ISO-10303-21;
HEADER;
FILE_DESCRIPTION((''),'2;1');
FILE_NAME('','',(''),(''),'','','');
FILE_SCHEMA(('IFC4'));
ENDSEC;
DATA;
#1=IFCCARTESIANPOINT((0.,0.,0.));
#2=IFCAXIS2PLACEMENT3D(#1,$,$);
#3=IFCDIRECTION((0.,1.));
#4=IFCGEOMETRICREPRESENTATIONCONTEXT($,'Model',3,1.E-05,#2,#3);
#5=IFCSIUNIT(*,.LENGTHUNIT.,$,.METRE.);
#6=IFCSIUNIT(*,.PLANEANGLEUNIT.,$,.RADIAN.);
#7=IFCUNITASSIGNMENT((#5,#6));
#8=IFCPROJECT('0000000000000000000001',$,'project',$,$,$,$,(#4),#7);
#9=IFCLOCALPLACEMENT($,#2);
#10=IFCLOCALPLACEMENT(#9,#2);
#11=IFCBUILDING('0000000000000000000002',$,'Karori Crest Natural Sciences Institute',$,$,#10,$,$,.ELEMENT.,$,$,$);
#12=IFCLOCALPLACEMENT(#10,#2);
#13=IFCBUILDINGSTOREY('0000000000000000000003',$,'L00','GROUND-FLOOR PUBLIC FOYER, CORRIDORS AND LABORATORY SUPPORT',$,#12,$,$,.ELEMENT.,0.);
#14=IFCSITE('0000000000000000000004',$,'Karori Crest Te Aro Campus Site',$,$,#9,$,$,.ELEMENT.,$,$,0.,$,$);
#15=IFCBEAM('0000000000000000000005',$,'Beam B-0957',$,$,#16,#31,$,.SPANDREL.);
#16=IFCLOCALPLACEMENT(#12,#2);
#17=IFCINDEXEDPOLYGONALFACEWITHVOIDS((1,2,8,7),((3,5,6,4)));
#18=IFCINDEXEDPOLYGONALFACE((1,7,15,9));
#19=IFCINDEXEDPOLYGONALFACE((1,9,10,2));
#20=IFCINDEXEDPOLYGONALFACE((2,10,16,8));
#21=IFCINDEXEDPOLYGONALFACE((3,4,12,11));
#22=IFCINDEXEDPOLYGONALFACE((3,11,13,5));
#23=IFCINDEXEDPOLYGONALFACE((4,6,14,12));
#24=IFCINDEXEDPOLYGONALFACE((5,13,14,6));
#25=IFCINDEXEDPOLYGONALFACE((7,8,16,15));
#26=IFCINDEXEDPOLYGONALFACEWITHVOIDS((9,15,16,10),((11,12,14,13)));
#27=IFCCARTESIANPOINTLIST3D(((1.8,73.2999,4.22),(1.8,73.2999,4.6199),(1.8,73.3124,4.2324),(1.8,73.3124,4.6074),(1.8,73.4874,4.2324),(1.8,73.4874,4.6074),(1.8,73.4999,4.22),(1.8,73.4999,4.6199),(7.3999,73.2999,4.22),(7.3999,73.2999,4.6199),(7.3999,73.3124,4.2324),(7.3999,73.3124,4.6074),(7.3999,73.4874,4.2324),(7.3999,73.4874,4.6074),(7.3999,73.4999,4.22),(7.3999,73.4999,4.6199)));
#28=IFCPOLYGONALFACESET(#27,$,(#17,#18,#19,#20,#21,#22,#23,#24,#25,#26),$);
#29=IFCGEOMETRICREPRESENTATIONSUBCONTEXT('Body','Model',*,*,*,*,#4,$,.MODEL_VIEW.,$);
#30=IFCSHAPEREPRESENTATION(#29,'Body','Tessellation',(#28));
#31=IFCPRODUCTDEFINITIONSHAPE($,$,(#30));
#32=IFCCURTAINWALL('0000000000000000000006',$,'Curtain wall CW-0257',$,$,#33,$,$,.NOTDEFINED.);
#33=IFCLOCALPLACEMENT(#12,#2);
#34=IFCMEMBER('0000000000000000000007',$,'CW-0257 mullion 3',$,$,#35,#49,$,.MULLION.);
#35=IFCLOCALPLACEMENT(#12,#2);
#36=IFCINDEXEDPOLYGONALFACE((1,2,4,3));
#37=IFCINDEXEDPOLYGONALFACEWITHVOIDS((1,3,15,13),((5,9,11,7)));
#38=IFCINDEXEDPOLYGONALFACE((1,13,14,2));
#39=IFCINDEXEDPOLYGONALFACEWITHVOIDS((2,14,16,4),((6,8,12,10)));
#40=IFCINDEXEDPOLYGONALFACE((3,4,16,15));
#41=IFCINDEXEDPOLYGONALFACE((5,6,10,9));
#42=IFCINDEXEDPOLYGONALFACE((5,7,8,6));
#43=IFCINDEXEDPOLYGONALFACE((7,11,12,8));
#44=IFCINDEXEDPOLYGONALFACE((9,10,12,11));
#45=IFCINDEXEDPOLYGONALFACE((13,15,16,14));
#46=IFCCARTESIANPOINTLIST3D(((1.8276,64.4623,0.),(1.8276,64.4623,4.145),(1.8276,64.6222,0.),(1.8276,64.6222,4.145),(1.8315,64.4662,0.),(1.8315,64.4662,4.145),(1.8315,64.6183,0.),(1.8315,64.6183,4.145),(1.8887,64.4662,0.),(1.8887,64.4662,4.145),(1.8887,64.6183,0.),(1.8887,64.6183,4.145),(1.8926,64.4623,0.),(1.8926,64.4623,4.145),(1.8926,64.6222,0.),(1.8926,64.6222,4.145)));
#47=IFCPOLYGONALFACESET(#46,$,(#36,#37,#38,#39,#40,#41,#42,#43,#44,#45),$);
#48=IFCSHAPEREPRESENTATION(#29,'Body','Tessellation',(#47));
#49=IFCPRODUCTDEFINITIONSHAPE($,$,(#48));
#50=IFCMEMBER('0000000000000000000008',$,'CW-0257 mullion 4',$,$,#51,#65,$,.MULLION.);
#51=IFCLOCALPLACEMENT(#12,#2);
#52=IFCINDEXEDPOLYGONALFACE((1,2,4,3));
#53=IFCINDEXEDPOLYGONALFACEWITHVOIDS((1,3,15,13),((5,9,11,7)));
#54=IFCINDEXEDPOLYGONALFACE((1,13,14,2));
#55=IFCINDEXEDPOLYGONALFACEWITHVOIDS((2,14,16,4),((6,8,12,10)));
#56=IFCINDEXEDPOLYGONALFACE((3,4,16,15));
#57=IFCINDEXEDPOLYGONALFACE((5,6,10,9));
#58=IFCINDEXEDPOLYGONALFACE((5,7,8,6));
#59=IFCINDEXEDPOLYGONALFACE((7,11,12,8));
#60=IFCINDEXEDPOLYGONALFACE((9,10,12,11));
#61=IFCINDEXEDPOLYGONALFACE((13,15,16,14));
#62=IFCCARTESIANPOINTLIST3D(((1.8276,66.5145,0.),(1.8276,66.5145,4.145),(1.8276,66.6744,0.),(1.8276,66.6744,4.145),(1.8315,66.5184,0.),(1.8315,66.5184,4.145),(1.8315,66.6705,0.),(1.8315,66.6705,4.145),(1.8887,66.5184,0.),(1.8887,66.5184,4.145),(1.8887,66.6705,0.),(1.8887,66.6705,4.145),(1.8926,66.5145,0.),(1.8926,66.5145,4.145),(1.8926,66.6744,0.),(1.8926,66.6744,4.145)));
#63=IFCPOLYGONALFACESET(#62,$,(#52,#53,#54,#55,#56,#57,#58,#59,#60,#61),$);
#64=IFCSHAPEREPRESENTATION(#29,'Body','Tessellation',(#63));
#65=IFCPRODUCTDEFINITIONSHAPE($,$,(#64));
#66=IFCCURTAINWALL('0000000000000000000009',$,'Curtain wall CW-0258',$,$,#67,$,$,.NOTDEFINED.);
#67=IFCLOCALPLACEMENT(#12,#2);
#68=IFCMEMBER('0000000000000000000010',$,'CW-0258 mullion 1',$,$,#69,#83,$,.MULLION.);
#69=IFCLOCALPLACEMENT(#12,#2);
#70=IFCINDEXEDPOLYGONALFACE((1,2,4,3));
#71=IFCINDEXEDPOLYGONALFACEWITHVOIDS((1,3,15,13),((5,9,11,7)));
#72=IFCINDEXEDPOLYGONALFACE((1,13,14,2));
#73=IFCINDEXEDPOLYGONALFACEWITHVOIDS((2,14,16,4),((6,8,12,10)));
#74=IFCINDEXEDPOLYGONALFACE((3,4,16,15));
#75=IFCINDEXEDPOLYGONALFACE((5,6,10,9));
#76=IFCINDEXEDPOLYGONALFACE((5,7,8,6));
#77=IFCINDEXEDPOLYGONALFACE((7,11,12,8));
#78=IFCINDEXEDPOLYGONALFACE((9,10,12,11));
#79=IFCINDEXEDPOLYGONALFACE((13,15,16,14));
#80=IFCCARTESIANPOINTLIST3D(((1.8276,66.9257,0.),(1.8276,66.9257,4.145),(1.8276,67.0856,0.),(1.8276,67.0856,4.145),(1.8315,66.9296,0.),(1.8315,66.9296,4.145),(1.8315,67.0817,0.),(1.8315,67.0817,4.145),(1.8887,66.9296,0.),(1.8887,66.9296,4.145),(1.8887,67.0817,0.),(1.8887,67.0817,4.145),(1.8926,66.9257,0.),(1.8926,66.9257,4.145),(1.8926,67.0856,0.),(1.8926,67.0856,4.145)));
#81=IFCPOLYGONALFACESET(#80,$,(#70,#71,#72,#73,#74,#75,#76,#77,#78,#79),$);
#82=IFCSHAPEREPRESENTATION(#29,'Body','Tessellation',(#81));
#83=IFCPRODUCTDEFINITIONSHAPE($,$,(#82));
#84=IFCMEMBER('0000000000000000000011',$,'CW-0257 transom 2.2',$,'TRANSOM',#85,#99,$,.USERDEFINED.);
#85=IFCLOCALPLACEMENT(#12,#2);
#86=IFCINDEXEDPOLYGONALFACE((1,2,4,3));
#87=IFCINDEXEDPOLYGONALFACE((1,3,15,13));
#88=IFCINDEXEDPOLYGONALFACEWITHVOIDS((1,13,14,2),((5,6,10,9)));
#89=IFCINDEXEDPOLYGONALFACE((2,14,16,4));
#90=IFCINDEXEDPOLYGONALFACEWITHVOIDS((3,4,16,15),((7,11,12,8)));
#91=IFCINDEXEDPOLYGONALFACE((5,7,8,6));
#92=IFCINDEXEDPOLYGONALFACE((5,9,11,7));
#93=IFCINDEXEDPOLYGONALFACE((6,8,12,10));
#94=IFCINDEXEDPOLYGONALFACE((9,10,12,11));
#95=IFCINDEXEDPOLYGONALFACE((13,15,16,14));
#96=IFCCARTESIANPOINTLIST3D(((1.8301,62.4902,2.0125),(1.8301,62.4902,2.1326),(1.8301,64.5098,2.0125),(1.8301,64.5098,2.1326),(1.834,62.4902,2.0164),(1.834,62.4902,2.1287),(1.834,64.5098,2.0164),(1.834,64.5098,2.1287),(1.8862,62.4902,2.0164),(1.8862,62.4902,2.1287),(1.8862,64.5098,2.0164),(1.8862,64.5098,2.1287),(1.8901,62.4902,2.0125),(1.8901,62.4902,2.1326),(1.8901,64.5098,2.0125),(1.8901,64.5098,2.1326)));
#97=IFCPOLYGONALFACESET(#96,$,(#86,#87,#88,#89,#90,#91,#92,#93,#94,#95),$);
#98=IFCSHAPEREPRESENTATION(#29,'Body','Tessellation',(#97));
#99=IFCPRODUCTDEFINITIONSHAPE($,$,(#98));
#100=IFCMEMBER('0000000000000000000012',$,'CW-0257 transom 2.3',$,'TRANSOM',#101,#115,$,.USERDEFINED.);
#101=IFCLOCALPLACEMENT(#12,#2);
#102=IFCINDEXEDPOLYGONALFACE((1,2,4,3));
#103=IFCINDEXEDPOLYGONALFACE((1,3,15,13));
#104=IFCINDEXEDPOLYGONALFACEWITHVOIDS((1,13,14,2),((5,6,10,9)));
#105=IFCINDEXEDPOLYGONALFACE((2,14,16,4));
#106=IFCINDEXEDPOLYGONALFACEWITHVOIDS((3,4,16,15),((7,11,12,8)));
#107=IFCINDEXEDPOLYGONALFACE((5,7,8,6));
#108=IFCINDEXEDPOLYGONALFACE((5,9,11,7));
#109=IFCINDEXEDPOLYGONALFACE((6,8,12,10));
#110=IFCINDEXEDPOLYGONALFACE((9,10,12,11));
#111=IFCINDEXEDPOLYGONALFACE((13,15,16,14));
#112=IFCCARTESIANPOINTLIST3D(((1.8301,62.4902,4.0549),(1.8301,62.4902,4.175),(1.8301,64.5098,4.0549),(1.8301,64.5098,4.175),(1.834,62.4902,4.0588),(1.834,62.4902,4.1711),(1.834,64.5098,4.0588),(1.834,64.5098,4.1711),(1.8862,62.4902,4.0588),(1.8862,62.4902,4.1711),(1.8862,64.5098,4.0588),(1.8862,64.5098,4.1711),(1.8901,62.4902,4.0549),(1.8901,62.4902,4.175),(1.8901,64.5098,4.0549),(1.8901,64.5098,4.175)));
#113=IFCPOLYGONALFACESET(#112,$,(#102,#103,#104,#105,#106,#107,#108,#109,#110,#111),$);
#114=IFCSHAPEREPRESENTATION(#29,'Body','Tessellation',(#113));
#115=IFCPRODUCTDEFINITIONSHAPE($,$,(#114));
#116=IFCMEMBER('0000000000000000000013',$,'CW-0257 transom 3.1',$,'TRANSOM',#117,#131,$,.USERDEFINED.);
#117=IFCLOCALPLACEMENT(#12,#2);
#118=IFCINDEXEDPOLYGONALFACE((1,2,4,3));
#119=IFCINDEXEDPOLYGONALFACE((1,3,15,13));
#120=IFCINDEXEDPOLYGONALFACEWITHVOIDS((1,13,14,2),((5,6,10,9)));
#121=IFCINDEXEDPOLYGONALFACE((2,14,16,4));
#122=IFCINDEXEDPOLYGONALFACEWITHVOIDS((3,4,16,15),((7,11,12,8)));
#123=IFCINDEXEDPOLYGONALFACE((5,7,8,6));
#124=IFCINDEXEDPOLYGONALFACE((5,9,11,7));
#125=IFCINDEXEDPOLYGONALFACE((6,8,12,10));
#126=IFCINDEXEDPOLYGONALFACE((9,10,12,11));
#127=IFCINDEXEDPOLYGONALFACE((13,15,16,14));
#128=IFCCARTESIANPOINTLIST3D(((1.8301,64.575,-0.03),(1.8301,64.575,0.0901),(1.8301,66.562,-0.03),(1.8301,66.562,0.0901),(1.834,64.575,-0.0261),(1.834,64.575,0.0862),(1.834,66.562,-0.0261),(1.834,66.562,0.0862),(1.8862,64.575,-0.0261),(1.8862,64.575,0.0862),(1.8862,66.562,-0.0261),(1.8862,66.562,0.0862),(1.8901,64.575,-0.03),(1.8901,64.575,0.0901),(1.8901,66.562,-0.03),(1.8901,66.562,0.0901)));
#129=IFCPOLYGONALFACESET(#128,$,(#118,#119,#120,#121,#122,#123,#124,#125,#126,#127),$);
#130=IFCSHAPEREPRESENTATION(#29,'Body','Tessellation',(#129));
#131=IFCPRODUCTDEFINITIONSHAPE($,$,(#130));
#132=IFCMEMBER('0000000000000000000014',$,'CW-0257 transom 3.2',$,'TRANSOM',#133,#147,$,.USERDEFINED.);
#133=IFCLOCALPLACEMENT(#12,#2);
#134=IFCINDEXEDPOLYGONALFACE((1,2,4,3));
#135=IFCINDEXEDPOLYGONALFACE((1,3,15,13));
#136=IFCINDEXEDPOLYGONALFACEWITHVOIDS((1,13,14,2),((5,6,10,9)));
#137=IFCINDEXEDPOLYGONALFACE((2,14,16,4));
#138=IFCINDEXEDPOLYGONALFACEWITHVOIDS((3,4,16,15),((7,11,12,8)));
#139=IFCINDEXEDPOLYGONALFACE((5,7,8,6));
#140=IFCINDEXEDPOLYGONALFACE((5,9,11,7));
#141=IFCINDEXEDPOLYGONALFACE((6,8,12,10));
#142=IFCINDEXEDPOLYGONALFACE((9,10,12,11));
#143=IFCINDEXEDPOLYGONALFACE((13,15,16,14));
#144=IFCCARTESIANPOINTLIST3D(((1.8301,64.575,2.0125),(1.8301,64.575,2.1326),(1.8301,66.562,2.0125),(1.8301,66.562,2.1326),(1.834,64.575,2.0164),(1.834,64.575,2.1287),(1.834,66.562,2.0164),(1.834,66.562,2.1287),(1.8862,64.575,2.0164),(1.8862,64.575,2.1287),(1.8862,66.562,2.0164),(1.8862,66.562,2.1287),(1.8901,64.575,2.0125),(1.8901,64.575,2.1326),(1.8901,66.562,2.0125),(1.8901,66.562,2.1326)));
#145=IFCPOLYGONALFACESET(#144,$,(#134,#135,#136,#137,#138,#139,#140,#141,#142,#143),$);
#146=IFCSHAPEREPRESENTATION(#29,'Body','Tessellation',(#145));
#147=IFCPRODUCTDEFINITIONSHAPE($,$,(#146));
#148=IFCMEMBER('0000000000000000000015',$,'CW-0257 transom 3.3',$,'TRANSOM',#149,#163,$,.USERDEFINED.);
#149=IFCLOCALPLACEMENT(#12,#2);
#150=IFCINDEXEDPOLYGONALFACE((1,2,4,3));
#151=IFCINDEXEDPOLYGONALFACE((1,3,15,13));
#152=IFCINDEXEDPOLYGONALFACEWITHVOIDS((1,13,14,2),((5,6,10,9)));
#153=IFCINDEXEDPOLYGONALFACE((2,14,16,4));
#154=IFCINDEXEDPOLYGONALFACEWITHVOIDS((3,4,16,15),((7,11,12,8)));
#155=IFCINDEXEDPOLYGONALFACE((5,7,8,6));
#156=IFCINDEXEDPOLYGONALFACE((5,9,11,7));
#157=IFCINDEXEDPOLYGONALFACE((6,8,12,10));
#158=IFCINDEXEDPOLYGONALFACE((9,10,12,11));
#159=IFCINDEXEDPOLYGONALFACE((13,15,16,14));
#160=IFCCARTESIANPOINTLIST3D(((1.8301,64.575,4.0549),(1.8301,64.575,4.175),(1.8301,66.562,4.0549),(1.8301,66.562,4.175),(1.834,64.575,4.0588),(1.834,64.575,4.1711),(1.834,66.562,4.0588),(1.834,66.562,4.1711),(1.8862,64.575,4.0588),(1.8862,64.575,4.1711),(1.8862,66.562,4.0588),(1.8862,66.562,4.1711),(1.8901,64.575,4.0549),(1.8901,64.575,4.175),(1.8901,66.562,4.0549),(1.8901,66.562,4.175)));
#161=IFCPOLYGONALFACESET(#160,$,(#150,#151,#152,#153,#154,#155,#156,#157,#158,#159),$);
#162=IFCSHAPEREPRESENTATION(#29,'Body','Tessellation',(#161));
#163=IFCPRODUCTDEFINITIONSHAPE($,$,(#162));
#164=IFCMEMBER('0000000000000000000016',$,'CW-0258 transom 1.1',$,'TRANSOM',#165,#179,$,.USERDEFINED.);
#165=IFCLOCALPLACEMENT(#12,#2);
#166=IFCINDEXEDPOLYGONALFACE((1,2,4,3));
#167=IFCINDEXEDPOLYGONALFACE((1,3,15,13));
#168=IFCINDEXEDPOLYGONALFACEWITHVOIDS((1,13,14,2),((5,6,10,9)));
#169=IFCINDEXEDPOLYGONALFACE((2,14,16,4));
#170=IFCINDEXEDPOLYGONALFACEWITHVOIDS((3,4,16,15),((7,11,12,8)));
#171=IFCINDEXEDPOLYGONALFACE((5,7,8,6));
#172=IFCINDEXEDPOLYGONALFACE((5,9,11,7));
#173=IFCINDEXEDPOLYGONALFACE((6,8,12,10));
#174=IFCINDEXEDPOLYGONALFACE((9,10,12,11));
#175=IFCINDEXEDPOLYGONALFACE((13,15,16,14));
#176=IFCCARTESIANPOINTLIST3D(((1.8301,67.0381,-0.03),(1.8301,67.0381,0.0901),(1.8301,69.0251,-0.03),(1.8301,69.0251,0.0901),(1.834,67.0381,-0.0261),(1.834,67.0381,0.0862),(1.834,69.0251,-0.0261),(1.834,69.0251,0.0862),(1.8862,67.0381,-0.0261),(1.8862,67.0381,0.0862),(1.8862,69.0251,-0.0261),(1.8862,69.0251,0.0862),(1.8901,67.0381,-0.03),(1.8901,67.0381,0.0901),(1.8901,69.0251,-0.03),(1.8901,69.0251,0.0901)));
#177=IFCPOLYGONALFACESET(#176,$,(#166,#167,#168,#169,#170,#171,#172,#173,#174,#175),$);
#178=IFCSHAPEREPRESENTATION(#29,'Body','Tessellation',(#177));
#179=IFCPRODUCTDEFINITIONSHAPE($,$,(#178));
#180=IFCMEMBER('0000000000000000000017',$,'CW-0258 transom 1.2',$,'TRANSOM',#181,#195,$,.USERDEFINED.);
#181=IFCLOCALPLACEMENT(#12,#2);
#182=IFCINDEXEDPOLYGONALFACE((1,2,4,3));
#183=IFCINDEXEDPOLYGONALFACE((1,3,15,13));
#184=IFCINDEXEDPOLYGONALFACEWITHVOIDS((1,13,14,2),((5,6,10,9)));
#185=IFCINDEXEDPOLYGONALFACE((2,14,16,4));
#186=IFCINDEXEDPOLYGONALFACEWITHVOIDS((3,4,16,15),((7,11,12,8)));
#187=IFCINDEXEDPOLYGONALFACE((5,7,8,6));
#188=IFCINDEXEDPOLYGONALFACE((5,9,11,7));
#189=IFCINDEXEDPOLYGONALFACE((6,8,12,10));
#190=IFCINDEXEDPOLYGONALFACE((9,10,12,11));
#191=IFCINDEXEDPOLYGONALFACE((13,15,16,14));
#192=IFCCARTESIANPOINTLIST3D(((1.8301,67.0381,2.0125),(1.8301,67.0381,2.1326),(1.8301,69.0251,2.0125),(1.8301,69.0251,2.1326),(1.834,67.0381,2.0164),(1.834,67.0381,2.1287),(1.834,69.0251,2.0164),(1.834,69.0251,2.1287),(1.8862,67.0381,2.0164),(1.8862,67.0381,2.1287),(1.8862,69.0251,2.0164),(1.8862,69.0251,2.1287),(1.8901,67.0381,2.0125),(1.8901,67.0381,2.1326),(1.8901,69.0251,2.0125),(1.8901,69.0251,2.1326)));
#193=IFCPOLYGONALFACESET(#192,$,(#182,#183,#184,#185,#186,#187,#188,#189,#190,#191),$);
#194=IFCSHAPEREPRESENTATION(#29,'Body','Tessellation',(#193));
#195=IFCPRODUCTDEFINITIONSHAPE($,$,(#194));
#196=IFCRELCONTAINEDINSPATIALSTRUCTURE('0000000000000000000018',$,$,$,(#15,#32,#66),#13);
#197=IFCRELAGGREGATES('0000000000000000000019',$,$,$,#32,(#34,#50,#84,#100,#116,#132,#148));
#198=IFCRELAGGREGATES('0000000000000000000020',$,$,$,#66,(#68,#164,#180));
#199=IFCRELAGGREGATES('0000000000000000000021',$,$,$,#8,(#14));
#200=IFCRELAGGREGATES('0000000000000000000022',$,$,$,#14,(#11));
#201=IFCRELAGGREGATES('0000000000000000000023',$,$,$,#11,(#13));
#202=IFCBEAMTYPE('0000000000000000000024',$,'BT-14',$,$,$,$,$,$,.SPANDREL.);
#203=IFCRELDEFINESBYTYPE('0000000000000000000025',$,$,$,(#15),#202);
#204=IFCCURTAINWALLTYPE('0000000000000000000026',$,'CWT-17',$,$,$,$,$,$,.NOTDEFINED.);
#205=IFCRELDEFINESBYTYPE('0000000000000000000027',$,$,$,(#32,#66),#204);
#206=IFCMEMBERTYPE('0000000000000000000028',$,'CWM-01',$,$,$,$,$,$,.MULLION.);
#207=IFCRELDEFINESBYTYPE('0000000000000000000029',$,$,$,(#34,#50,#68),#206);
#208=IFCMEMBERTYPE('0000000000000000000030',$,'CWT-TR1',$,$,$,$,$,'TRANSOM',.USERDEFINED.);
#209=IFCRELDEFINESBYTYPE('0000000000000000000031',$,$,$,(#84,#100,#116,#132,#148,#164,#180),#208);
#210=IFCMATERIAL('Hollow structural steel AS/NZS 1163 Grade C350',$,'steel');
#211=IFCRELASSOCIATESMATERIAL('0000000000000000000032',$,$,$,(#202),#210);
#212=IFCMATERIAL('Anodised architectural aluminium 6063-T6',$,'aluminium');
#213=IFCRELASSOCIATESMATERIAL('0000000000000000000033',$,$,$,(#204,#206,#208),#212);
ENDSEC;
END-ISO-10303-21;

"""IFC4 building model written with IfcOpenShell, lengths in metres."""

from ifc_helpers import new_model, si_unit, direction, frame, origin, origin_2d, place, context, subcontext, project, spatial, hollow_rectangle, extrude, material, material_profile, profile_set, type_object, element, aggregate, save


model = new_model("IFC4")

# Units and contexts
model_context = context("Model", 3, precision=1e-05, world=origin(), true_north=direction((0.0, 1.0)))
body_context = subcontext(model_context, "Body", "Model", "MODEL_VIEW")
ifc_project = project(units=[si_unit("LENGTHUNIT", "METRE"), si_unit("PLANEANGLEUNIT", "RADIAN")], contexts=[model_context])

# Site, building, storey
site_placement = place(None, origin())
site = spatial("IfcSite", under=ifc_project, at=site_placement, Name="Karori Crest Te Aro Campus Site", CompositionType="ELEMENT", RefElevation=0.0)
building_placement = place(site_placement, origin())
building = spatial("IfcBuilding", under=site, at=building_placement, Name="Karori Crest Natural Sciences Institute", CompositionType="ELEMENT")
storey_placement = place(building_placement, origin())
storey = spatial("IfcBuildingStorey", under=building, at=storey_placement, Name="L00", Description="GROUND-FLOOR PUBLIC FOYER, CORRIDORS AND LABORATORY SUPPORT", CompositionType="ELEMENT", Elevation=0.0)

# Beam
ifc_material_1 = material(Name="Hollow structural steel AS/NZS 1163 Grade C350", Category="steel")
ifc_material_profile_1 = material_profile(ifc_material_1, hollow_rectangle(XDim=0.2, YDim=0.3999, WallThickness=0.0125, at=origin_2d()), Name="RHS400x200x12.5")
ifc_profile_set_1 = profile_set([ifc_material_profile_1], Name="Hollow structural steel AS/NZS 1163 Grade C350")
beam_type_1 = type_object("IfcBeamType", Name="BT-14", PredefinedType="SPANDREL", material=ifc_profile_set_1)
beam_1_placement = place(storey_placement, frame((1.8, 73.3999, 4.4199), z_axis=(1.0, 0.0, 0.0), x_axis=(0.0, 1.0, 0.0)))
element("IfcBeam", 1, at=beam_1_placement, inside=storey, type_object=beam_type_1, Name="Beam B-0957", PredefinedType="SPANDREL", context=body_context, shape_type="SweptSolid", body=[
    extrude(hollow_rectangle(XDim=0.2, YDim=0.3999, WallThickness=0.0125, at=origin_2d()), origin(), (0.0, 0.0, 1.0), 5.5999),
])

# Curtain wall, members
ifc_material_2 = material(Name="Anodised architectural aluminium 6063-T6", Category="aluminium")
curtain_wall_type = type_object("IfcCurtainWallType", Name="CWT-17", PredefinedType="NOTDEFINED", material=ifc_material_2)
curtain_wall_1_placement = place(storey_placement, origin())
curtain_wall_1 = element("IfcCurtainWall", 2, at=curtain_wall_1_placement, inside=storey, type_object=curtain_wall_type, Name="Curtain wall CW-0257", PredefinedType="NOTDEFINED")
ifc_material_profile_2 = material_profile(ifc_material_2, hollow_rectangle(XDim=0.0649, YDim=0.1599, WallThickness=0.0039, at=origin_2d()), Name="CWM160x65x4")
ifc_profile_set_2 = profile_set([ifc_material_profile_2], Name="Anodised architectural aluminium 6063-T6")
member_type_1 = type_object("IfcMemberType", Name="CWM-01", PredefinedType="MULLION", material=ifc_profile_set_2)
member_1_placement = place(storey_placement, frame((1.8601, 64.5422, 0.0), z_axis=(0.0, 0.0, 1.0), x_axis=(-1.0, 0.0, 0.0)))
member_1 = element("IfcMember", 3, at=member_1_placement, type_object=member_type_1, Name="CW-0257 mullion 3", PredefinedType="MULLION", context=body_context, shape_type="SweptSolid", body=[
    extrude(hollow_rectangle(XDim=0.0649, YDim=0.1599, WallThickness=0.0039, at=origin_2d()), origin(), (0.0, 0.0, 1.0), 4.145),
])
member_2_placement = place(storey_placement, frame((1.8601, 66.5945, 0.0), z_axis=(0.0, 0.0, 1.0), x_axis=(-1.0, 0.0, 0.0)))
member_2 = element("IfcMember", 4, at=member_2_placement, type_object=member_type_1, Name="CW-0257 mullion 4", PredefinedType="MULLION", context=body_context, shape_type="SweptSolid", body=[
    extrude(hollow_rectangle(XDim=0.0649, YDim=0.1599, WallThickness=0.0039, at=origin_2d()), origin(), (0.0, 0.0, 1.0), 4.145),
])

# Curtain wall, member
curtain_wall_2_placement = place(storey_placement, origin())
curtain_wall_2 = element("IfcCurtainWall", 5, at=curtain_wall_2_placement, inside=storey, type_object=curtain_wall_type, Name="Curtain wall CW-0258", PredefinedType="NOTDEFINED")
member_3_placement = place(storey_placement, frame((1.8601, 67.0056, 0.0), z_axis=(0.0, 0.0, 1.0), x_axis=(-1.0, 0.0, 0.0)))
member_3 = element("IfcMember", 6, at=member_3_placement, type_object=member_type_1, Name="CW-0258 mullion 1", PredefinedType="MULLION", context=body_context, shape_type="SweptSolid", body=[
    extrude(hollow_rectangle(XDim=0.0649, YDim=0.1599, WallThickness=0.0039, at=origin_2d()), origin(), (0.0, 0.0, 1.0), 4.145),
])

# Members
ifc_material_profile_3 = material_profile(ifc_material_2, hollow_rectangle(XDim=0.0601, YDim=0.1201, WallThickness=0.0039, at=origin_2d()), Name="CWT120x60x4")
ifc_profile_set_3 = profile_set([ifc_material_profile_3], Name="Anodised architectural aluminium 6063-T6")
member_type_2 = type_object("IfcMemberType", Name="CWT-TR1", ElementType="TRANSOM", PredefinedType="USERDEFINED", material=ifc_profile_set_3)
member_4_placement = place(storey_placement, frame((1.8601, 62.4902, 2.0725), z_axis=(0.0, 1.0, 0.0), x_axis=(-1.0, 0.0, 0.0)))
member_4 = element("IfcMember", 7, at=member_4_placement, type_object=member_type_2, Name="CW-0257 transom 2.2", ObjectType="TRANSOM", PredefinedType="USERDEFINED", context=body_context, shape_type="SweptSolid", body=[
    extrude(hollow_rectangle(XDim=0.0601, YDim=0.1201, WallThickness=0.0039, at=origin_2d()), origin(), (0.0, 0.0, 1.0), 2.0195),
])
member_5_placement = place(storey_placement, frame((1.8601, 62.4902, 4.115), z_axis=(0.0, 1.0, 0.0), x_axis=(-1.0, 0.0, 0.0)))
member_5 = element("IfcMember", 8, at=member_5_placement, type_object=member_type_2, Name="CW-0257 transom 2.3", ObjectType="TRANSOM", PredefinedType="USERDEFINED", context=body_context, shape_type="SweptSolid", body=[
    extrude(hollow_rectangle(XDim=0.0601, YDim=0.1201, WallThickness=0.0039, at=origin_2d()), origin(), (0.0, 0.0, 1.0), 2.0195),
])
member_6_placement = place(storey_placement, frame((1.8601, 64.575, 0.03), z_axis=(0.0, 1.0, 0.0), x_axis=(-1.0, 0.0, 0.0)))
member_6 = element("IfcMember", 9, at=member_6_placement, type_object=member_type_2, Name="CW-0257 transom 3.1", ObjectType="TRANSOM", PredefinedType="USERDEFINED", context=body_context, shape_type="SweptSolid", body=[
    extrude(hollow_rectangle(XDim=0.0601, YDim=0.1201, WallThickness=0.0039, at=origin_2d()), origin(), (0.0, 0.0, 1.0), 1.9871),
])
member_7_placement = place(storey_placement, frame((1.8601, 64.575, 2.0725), z_axis=(0.0, 1.0, 0.0), x_axis=(-1.0, 0.0, 0.0)))
member_7 = element("IfcMember", 10, at=member_7_placement, type_object=member_type_2, Name="CW-0257 transom 3.2", ObjectType="TRANSOM", PredefinedType="USERDEFINED", context=body_context, shape_type="SweptSolid", body=[
    extrude(hollow_rectangle(XDim=0.0601, YDim=0.1201, WallThickness=0.0039, at=origin_2d()), origin(), (0.0, 0.0, 1.0), 1.9871),
])
member_8_placement = place(storey_placement, frame((1.8601, 64.575, 4.115), z_axis=(0.0, 1.0, 0.0), x_axis=(-1.0, 0.0, 0.0)))
member_8 = element("IfcMember", 11, at=member_8_placement, type_object=member_type_2, Name="CW-0257 transom 3.3", ObjectType="TRANSOM", PredefinedType="USERDEFINED", context=body_context, shape_type="SweptSolid", body=[
    extrude(hollow_rectangle(XDim=0.0601, YDim=0.1201, WallThickness=0.0039, at=origin_2d()), origin(), (0.0, 0.0, 1.0), 1.9871),
])
member_9_placement = place(storey_placement, frame((1.8601, 67.0381, 0.03), z_axis=(0.0, 1.0, 0.0), x_axis=(-1.0, 0.0, 0.0)))
member_9 = element("IfcMember", 12, at=member_9_placement, type_object=member_type_2, Name="CW-0258 transom 1.1", ObjectType="TRANSOM", PredefinedType="USERDEFINED", context=body_context, shape_type="SweptSolid", body=[
    extrude(hollow_rectangle(XDim=0.0601, YDim=0.1201, WallThickness=0.0039, at=origin_2d()), origin(), (0.0, 0.0, 1.0), 1.9871),
])
member_10_placement = place(storey_placement, frame((1.8601, 67.0381, 2.0725), z_axis=(0.0, 1.0, 0.0), x_axis=(-1.0, 0.0, 0.0)))
member_10 = element("IfcMember", 13, at=member_10_placement, type_object=member_type_2, Name="CW-0258 transom 1.2", ObjectType="TRANSOM", PredefinedType="USERDEFINED", context=body_context, shape_type="SweptSolid", body=[
    extrude(hollow_rectangle(XDim=0.0601, YDim=0.1201, WallThickness=0.0039, at=origin_2d()), origin(), (0.0, 0.0, 1.0), 1.9871),
])

aggregate(curtain_wall_1, [member_1, member_2, member_4, member_5, member_6, member_7, member_8])
aggregate(curtain_wall_2, [member_3, member_9, member_10])

save(model, "model.ifc")
